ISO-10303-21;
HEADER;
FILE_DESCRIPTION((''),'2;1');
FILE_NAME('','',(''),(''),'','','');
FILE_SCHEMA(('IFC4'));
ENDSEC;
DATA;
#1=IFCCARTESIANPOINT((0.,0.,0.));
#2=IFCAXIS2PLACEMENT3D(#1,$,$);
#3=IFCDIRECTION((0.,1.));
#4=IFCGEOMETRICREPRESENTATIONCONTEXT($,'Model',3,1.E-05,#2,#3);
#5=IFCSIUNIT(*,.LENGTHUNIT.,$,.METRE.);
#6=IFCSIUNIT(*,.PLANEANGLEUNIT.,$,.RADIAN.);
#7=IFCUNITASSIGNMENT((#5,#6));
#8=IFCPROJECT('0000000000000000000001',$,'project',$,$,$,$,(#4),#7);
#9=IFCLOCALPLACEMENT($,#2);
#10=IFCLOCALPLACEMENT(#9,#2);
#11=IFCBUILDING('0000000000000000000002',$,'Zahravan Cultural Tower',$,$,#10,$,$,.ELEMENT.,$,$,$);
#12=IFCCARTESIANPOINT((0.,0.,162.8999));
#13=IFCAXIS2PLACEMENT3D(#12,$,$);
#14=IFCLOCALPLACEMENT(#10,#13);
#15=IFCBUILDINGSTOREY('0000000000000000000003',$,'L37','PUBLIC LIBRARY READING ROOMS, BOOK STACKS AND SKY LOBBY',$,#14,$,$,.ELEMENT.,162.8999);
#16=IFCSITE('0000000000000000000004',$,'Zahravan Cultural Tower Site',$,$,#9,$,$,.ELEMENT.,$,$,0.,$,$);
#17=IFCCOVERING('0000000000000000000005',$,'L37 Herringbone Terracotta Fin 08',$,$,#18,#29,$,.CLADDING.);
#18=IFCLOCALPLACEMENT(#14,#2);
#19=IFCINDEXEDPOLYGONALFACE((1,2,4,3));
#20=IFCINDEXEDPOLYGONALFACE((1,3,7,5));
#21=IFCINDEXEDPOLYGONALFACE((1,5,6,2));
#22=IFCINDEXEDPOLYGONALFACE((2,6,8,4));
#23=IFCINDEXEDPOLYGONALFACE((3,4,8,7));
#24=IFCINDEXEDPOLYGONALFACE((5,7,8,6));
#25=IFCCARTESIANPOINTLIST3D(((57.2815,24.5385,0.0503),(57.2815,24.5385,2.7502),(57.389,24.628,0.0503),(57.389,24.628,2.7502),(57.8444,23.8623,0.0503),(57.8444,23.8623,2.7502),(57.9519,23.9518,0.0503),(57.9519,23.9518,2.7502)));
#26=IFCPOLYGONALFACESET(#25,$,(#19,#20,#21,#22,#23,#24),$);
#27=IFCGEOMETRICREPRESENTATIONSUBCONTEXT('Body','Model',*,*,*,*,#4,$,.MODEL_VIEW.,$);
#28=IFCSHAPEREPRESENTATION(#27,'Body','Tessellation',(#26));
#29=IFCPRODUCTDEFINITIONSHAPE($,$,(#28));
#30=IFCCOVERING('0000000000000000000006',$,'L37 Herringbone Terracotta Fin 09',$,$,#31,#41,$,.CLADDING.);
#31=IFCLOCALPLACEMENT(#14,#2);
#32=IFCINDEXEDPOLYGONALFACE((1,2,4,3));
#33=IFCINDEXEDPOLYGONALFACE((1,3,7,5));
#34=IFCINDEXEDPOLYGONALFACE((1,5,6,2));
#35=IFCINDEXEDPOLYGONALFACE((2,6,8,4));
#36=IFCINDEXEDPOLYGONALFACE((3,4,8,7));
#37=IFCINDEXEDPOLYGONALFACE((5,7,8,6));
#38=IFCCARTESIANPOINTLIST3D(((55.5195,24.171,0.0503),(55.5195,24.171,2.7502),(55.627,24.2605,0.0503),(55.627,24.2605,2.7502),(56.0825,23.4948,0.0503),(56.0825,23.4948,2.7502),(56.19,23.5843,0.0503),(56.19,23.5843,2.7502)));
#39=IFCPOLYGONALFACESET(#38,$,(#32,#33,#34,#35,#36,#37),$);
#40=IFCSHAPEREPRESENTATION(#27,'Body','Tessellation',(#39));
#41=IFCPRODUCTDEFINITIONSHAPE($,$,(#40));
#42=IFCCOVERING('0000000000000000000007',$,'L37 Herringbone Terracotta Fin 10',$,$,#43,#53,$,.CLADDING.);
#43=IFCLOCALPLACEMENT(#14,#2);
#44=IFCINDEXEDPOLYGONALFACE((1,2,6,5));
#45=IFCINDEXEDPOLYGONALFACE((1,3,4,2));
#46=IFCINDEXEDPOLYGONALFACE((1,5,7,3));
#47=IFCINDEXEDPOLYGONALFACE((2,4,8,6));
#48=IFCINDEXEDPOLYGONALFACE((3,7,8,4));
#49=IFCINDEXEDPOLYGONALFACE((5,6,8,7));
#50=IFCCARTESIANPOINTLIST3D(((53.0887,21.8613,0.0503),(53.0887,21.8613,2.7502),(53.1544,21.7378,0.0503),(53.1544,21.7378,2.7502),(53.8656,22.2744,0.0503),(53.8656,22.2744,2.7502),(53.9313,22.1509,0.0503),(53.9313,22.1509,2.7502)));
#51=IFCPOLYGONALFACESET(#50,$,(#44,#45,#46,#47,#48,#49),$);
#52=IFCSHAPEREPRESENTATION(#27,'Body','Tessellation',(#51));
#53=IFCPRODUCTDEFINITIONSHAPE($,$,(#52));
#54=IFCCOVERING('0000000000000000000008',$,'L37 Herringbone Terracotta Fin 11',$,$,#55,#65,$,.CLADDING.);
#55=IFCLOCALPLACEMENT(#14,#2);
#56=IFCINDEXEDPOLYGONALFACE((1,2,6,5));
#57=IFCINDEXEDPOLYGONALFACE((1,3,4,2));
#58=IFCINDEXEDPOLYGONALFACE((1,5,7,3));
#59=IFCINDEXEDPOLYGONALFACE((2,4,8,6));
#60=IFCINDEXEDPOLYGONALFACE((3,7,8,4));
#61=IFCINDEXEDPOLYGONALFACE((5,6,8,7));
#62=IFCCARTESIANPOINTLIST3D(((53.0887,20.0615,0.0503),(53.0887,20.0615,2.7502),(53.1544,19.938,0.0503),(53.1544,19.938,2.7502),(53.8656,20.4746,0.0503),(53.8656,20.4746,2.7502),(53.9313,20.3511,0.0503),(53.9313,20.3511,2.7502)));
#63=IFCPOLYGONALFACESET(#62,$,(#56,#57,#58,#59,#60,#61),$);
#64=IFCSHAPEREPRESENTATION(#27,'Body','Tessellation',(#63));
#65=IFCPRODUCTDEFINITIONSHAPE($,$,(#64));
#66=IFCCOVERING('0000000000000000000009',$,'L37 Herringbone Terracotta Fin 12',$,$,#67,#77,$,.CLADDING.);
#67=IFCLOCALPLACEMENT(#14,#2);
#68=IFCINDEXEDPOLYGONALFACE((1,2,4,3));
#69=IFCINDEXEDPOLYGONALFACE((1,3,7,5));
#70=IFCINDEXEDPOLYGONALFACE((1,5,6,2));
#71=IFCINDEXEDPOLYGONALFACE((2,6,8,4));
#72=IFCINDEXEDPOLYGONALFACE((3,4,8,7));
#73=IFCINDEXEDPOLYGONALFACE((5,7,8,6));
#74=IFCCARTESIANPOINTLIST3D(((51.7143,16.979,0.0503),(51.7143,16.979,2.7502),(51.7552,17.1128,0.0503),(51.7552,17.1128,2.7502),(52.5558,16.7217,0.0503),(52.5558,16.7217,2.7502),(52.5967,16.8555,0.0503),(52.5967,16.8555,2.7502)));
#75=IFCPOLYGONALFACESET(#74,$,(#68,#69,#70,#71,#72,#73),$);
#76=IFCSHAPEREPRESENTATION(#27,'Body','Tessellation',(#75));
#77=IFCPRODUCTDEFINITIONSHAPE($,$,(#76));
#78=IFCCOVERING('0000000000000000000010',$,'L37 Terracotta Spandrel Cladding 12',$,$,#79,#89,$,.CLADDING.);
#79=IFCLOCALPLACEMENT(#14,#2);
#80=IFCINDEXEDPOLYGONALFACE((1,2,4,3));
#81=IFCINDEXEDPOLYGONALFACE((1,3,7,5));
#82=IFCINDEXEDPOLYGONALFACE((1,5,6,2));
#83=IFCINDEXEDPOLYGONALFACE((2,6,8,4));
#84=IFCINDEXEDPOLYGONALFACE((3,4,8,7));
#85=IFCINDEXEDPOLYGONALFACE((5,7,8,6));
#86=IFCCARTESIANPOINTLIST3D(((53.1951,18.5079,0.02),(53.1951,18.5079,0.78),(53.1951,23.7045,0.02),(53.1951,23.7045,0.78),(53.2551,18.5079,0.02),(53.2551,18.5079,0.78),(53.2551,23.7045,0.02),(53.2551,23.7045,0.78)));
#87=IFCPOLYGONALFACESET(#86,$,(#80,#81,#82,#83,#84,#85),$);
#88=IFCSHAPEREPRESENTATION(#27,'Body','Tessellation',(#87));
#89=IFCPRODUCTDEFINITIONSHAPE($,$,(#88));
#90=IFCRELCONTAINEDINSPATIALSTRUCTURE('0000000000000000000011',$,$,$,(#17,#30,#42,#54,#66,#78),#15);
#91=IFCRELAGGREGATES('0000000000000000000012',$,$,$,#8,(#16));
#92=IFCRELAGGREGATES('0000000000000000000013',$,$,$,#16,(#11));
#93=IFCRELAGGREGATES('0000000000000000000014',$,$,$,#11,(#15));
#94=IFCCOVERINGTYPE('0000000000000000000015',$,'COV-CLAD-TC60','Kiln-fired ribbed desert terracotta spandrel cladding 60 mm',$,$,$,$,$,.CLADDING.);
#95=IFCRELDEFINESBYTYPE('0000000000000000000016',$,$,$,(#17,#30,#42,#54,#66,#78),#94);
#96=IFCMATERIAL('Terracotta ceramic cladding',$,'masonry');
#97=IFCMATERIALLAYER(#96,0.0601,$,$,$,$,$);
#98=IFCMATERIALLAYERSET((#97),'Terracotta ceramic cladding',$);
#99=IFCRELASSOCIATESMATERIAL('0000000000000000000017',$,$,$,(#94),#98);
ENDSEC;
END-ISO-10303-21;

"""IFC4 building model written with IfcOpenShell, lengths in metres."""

from ifc_helpers import new_model, si_unit, direction, frame, origin, origin_2d, place, context, subcontext, project, spatial, rectangle, extrude, source, transform, mapped, material, layer, layer_set, type_object, element, save


model = new_model("IFC4")

# Units and contexts
model_context = context("Model", 3, precision=1e-05, world=origin(), true_north=direction((0.0, 1.0)))
body_context = subcontext(model_context, "Body", "Model", "MODEL_VIEW")
ifc_project = project(units=[si_unit("LENGTHUNIT", "METRE"), si_unit("PLANEANGLEUNIT", "RADIAN")], contexts=[model_context])

# Site, building, storey
site_placement = place(None, origin())
site = spatial("IfcSite", under=ifc_project, at=site_placement, Name="Zahravan Cultural Tower Site", CompositionType="ELEMENT", RefElevation=0.0)
building_placement = place(site_placement, origin())
building = spatial("IfcBuilding", under=site, at=building_placement, Name="Zahravan Cultural Tower", CompositionType="ELEMENT")
storey_placement = place(building_placement, frame((0.0, 0.0, 162.8999)))
storey = spatial("IfcBuildingStorey", under=building, at=storey_placement, Name="L37", Description="PUBLIC LIBRARY READING ROOMS, BOOK STACKS AND SKY LOBBY", CompositionType="ELEMENT", Elevation=162.8999)

# Coverings
ifc_material_1 = material(Name="Terracotta ceramic cladding", Category="masonry")
ifc_layer_1 = layer(ifc_material_1, 0.0601)
ifc_layer_set_1 = layer_set([ifc_layer_1], Name="Terracotta ceramic cladding")
covering_type = type_object("IfcCoveringType", Name="COV-CLAD-TC60", Description="Kiln-fired ribbed desert terracotta spandrel cladding 60 mm", PredefinedType="CLADDING", material=ifc_layer_set_1)
shared_shape_1 = source(origin(), body_context, "Body", "SweptSolid", [
    extrude(rectangle(XDim=0.8799, YDim=0.1399, at=origin_2d()), origin(), (0.0, 0.0, 1.0), 2.7),
])
for number, where, z_axis, x_axis, name in (
    (1, (57.6167, 24.2451, 0.0503), (0.0, 0.0, 1.0), (0.639841, -0.768507, 0.0), "L37 Herringbone Terracotta Fin 08"),
    (2, (55.8547, 23.8777, 0.0503), (0.0, 0.0, 1.0), (0.639841, -0.768507, 0.0), "L37 Herringbone Terracotta Fin 09"),
    (3, (53.51, 22.0061, 0.0503), (0.0, 0.0, 1.0), (0.882948, 0.469472, 0.0), "L37 Herringbone Terracotta Fin 10"),
    (4, (53.51, 20.2063, 0.0503), (0.0, 0.0, 1.0), (0.882948, 0.469472, 0.0), "L37 Herringbone Terracotta Fin 11"),
    (5, (52.1555, 16.9172, 0.0503), (0.0, 0.0, 1.0), (0.956305, -0.292372, 0.0), "L37 Herringbone Terracotta Fin 12"),
):
    element("IfcCovering", number, at=place(storey_placement, frame(where, z_axis=z_axis, x_axis=x_axis)), inside=storey, type_object=covering_type, Name=name, PredefinedType="CLADDING", context=body_context, shape_type="MappedRepresentation", body=[
        mapped(shared_shape_1, transform((0.0, 0.0, 0.0), x_axis=(1.0, 0.0, 0.0), y_axis=(0.0, 1.0, 0.0), z_axis=(0.0, 0.0, 1.0), scale=1.0)),
    ])
shared_shape_2 = source(origin(), body_context, "Body", "SweptSolid", [
    extrude(rectangle(XDim=5.1965, YDim=0.0601, at=origin_2d()), origin(), (0.0, 0.0, 1.0), 0.76),
])
covering_placement = place(storey_placement, frame((53.2251, 21.1062, 0.02), z_axis=(0.0, 0.0, 1.0), x_axis=(0.0, -1.0, 0.0)))
element("IfcCovering", 6, at=covering_placement, inside=storey, type_object=covering_type, Name="L37 Terracotta Spandrel Cladding 12", PredefinedType="CLADDING", context=body_context, shape_type="MappedRepresentation", body=[
    mapped(shared_shape_2, transform((0.0, 0.0, 0.0), x_axis=(1.0, 0.0, 0.0), y_axis=(0.0, 1.0, 0.0), z_axis=(0.0, 0.0, 1.0), scale=1.0)),
])

save(model, "model.ifc")
